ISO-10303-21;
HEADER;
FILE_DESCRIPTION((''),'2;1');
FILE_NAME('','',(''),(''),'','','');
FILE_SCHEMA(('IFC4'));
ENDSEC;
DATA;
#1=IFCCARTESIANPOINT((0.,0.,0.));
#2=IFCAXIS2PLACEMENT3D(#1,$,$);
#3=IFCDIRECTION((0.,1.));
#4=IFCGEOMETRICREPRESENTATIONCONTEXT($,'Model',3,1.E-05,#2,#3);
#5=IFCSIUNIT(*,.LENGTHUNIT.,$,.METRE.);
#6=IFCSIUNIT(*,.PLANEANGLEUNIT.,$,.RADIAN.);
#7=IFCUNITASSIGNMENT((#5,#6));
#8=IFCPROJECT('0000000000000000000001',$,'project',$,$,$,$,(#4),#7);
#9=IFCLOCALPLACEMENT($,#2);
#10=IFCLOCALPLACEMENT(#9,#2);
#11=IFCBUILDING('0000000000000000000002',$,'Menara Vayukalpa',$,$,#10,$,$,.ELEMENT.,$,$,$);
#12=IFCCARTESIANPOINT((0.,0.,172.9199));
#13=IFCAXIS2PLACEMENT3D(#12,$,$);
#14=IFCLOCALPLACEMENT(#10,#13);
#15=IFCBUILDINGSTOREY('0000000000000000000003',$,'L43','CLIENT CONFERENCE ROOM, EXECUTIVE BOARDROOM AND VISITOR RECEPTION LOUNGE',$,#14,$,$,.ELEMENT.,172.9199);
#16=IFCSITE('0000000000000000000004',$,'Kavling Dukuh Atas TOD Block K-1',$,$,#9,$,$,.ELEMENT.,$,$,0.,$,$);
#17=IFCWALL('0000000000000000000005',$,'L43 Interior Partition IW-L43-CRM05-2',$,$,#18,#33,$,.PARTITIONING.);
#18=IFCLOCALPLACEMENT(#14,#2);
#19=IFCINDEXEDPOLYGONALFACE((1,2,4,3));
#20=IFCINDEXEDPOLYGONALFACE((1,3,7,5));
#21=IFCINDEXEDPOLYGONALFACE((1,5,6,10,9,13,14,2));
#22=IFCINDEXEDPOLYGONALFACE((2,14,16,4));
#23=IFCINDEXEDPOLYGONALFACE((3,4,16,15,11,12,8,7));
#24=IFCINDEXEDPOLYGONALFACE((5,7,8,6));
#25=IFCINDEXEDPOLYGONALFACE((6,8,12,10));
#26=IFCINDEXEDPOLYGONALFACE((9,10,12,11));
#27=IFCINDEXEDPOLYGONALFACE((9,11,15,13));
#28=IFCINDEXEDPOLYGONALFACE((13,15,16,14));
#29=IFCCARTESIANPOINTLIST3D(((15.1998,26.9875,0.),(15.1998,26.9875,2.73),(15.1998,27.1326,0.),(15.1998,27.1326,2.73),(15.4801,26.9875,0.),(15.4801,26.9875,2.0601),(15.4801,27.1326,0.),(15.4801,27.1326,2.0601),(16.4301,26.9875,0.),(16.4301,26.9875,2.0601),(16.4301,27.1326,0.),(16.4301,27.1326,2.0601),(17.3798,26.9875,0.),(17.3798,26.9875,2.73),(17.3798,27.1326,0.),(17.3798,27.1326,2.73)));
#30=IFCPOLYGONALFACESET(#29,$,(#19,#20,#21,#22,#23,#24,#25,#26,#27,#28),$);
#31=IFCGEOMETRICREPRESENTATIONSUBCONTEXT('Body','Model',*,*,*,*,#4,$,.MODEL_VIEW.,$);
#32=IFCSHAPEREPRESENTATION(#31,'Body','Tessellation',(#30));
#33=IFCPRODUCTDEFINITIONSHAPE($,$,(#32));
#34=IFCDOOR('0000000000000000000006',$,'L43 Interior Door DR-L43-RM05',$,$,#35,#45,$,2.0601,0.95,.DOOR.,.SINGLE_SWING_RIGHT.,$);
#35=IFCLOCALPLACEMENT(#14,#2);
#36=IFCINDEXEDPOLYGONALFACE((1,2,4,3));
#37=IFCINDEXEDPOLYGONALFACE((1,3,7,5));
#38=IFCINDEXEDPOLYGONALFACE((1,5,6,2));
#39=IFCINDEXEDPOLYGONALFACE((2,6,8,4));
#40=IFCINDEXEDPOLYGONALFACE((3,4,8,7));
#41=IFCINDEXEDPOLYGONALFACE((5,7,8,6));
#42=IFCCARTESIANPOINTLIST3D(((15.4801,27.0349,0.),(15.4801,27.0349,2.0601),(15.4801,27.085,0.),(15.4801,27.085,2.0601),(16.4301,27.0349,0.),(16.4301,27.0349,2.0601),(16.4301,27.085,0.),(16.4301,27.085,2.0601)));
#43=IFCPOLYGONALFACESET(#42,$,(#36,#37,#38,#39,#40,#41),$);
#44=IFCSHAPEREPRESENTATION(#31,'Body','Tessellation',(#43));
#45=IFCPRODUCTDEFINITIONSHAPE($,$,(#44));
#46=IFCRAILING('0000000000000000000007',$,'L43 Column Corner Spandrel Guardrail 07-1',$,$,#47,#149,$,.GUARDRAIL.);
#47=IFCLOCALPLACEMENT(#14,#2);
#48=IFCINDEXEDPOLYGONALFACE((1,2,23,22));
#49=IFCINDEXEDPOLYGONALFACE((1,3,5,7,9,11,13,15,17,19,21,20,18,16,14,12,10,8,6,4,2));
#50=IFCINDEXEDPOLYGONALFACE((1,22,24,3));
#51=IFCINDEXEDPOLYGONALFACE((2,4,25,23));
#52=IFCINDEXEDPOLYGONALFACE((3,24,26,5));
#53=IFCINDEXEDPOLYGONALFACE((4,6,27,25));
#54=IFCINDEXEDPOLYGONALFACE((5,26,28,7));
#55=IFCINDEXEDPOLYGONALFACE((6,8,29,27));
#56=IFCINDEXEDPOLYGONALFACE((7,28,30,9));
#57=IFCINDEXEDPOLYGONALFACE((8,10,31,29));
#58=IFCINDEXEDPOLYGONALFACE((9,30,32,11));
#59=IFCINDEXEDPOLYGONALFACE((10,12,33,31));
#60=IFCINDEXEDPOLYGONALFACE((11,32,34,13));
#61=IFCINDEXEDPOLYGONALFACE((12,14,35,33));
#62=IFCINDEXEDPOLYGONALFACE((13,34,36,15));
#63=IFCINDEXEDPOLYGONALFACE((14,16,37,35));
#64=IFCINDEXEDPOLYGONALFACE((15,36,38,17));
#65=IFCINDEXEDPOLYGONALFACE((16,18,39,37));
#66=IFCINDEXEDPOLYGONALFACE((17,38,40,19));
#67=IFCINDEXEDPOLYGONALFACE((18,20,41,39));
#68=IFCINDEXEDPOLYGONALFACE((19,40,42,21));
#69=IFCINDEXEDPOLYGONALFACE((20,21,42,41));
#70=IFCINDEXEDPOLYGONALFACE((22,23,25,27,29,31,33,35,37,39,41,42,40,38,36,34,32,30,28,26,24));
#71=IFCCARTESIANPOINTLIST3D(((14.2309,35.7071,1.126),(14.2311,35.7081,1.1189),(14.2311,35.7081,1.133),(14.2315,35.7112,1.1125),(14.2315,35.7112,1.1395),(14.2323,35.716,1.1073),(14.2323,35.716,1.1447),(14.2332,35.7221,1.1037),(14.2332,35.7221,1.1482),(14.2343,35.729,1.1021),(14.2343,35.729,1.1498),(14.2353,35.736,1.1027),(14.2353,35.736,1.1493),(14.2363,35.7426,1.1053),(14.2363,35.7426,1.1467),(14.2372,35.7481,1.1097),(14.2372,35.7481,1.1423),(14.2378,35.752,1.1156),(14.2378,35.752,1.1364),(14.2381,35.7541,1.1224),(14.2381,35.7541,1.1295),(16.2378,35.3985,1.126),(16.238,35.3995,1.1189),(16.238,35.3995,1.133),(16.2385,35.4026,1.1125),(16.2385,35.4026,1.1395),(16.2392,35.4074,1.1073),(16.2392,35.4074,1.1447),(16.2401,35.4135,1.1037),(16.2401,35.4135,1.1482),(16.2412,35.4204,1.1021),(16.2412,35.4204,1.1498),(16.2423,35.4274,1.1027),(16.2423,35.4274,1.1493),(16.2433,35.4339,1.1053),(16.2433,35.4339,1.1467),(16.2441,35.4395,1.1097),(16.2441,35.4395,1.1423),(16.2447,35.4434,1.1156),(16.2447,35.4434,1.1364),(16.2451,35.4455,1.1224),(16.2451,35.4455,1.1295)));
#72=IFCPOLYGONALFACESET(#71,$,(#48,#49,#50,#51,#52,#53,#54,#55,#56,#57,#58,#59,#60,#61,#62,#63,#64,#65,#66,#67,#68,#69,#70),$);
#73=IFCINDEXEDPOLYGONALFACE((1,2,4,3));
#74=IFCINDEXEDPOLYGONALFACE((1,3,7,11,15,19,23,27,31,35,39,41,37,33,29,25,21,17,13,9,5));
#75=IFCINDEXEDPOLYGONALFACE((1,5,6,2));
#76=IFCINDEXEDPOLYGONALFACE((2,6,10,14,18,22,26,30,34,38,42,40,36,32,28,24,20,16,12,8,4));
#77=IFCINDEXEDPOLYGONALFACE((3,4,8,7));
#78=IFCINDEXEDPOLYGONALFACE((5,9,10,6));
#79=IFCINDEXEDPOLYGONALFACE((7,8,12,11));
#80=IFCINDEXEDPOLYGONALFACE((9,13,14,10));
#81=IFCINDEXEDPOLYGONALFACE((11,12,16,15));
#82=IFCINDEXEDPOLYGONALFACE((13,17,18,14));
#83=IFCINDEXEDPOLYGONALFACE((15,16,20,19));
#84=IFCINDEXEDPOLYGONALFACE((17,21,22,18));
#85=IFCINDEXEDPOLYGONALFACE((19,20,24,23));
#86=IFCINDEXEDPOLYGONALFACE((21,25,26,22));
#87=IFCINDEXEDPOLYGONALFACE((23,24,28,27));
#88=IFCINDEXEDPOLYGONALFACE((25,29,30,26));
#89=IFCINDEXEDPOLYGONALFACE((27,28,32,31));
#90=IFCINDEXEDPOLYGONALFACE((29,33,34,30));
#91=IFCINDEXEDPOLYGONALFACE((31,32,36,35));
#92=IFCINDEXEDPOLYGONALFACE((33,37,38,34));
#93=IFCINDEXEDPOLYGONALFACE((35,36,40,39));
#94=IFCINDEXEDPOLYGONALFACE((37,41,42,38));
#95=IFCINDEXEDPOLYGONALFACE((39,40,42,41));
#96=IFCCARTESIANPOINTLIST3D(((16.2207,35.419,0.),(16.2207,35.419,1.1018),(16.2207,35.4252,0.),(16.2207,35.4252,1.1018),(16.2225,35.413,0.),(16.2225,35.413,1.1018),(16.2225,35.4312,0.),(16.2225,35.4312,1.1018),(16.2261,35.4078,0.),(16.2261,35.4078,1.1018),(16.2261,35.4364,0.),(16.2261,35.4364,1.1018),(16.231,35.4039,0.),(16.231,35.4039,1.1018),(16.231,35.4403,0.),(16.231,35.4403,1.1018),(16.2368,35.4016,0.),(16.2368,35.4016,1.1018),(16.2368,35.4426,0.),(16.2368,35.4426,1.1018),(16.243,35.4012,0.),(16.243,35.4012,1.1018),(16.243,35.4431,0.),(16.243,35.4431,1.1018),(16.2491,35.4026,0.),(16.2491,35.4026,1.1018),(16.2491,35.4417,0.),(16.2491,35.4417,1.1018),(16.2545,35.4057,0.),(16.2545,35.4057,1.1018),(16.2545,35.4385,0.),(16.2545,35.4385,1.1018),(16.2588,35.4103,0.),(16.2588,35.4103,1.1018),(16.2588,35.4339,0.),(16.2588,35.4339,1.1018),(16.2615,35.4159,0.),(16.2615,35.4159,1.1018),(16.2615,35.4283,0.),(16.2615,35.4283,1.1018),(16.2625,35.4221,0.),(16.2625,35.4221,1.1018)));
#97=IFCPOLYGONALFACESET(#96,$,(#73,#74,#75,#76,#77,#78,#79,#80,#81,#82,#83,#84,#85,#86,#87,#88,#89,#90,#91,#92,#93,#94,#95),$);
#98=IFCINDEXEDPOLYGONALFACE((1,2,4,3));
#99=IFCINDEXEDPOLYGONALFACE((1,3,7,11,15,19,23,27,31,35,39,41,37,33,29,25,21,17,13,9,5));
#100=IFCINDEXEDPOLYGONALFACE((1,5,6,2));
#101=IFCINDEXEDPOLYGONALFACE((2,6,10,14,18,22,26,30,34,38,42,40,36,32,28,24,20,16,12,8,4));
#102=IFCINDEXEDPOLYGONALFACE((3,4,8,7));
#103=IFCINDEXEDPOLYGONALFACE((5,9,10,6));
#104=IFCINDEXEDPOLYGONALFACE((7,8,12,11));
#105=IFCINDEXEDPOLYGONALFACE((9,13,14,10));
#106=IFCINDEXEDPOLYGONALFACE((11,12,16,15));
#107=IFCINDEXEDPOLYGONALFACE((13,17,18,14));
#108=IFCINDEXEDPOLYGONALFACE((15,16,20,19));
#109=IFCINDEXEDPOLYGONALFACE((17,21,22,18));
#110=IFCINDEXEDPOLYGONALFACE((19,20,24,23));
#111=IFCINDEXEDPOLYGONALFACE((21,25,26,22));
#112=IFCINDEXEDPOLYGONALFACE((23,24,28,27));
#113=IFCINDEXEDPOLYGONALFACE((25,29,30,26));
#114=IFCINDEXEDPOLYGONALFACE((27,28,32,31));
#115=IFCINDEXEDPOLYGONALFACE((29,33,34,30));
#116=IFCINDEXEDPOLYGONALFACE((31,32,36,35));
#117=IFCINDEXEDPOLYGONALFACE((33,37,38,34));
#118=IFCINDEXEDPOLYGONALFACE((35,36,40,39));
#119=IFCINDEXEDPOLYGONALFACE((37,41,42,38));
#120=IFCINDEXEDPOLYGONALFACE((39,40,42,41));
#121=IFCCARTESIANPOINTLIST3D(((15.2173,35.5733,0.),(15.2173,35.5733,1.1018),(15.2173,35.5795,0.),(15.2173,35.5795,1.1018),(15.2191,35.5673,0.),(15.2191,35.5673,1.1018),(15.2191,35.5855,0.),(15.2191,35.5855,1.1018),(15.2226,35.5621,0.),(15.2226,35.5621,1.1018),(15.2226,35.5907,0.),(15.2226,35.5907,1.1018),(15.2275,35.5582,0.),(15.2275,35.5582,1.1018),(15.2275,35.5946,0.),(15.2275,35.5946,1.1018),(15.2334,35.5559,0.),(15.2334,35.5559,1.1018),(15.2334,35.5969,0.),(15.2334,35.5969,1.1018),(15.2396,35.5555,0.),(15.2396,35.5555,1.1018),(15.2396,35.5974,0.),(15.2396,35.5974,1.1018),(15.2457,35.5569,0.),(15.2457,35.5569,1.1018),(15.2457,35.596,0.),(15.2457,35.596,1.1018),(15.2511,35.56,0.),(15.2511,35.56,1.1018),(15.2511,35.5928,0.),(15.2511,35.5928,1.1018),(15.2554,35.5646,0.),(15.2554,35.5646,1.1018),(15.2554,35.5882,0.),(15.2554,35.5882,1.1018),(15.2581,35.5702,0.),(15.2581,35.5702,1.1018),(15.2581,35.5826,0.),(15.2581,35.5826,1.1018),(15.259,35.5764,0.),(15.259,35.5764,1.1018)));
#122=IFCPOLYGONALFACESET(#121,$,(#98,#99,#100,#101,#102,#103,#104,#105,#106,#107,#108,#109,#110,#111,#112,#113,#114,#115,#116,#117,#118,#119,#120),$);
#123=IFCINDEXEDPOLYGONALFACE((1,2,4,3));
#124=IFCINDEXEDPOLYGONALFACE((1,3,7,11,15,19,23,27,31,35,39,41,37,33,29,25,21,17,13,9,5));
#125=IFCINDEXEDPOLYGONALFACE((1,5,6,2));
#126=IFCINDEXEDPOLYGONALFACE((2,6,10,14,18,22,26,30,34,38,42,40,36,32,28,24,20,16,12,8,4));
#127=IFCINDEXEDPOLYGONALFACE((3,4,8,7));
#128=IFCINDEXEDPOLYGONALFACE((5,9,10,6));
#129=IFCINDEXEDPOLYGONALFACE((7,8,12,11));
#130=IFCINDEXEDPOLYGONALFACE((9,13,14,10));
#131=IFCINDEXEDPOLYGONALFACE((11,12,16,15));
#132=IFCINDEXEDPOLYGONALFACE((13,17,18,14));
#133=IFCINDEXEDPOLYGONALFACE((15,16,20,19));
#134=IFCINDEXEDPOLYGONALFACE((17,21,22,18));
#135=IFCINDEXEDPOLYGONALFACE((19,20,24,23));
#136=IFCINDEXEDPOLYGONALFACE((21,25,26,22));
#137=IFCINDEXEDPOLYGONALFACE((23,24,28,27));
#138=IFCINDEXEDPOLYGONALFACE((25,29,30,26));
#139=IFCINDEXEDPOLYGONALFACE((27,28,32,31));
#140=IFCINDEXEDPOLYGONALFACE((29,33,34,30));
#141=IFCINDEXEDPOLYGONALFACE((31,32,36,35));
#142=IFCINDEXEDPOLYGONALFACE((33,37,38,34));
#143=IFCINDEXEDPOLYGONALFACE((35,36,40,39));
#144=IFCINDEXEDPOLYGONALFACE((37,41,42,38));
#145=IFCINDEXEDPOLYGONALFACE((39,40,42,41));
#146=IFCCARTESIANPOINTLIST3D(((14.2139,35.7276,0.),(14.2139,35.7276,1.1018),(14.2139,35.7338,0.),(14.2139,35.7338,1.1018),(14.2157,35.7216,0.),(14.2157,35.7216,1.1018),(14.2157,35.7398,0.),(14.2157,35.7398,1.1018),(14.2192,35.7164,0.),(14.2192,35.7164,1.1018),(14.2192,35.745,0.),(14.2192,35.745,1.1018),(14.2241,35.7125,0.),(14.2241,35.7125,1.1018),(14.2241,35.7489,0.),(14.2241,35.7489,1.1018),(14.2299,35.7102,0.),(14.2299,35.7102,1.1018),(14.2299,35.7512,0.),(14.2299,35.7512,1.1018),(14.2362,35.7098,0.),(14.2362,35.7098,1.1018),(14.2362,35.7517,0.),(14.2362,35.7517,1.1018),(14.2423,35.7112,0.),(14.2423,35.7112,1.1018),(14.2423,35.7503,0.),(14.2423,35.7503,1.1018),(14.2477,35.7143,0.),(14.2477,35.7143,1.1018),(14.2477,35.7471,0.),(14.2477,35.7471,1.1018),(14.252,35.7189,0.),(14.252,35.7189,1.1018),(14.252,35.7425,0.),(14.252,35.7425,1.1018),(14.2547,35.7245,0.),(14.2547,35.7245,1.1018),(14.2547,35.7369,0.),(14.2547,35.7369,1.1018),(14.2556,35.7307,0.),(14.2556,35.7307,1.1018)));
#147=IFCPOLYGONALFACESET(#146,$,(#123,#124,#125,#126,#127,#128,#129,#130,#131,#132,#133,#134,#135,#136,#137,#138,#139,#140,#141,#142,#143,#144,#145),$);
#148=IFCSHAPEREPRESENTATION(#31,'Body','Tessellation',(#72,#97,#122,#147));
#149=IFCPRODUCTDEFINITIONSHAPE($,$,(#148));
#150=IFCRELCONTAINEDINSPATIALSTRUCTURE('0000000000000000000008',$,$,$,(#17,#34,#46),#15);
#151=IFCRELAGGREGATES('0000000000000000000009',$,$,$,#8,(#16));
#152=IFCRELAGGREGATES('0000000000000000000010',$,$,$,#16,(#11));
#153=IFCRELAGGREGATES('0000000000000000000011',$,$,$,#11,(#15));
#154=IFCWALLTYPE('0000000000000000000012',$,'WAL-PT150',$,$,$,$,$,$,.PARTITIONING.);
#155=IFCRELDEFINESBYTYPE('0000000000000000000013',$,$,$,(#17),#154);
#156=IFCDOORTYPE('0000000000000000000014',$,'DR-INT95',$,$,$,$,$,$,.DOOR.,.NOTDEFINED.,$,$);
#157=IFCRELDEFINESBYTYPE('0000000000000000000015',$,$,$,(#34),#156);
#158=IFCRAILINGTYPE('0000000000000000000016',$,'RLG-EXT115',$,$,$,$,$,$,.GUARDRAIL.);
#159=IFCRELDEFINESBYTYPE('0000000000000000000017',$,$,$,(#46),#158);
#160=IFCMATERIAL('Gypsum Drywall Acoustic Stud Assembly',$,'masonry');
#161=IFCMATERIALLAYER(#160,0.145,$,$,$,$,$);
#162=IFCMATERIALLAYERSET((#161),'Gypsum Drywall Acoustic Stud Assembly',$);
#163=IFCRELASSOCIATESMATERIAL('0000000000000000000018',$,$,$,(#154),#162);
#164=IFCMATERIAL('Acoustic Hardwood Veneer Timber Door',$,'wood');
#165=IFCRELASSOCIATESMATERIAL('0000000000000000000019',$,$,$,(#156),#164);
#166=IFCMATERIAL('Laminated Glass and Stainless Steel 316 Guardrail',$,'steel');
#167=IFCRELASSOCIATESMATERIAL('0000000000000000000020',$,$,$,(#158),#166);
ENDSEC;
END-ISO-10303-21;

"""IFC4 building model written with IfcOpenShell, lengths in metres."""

from ifc_helpers import new_model, si_unit, direction, frame, frame_2d, origin, origin_2d, place, context, subcontext, project, spatial, rectangle, circle, extrude, material, layer, layer_set, type_object, element, fill, save


model = new_model("IFC4")

# Units and contexts
model_context = context("Model", 3, precision=1e-05, world=origin(), true_north=direction((0.0, 1.0)))
body_context = subcontext(model_context, "Body", "Model", "MODEL_VIEW")
ifc_project = project(units=[si_unit("LENGTHUNIT", "METRE"), si_unit("PLANEANGLEUNIT", "RADIAN")], contexts=[model_context])

# Site, building, storey
site_placement = place(None, origin())
site = spatial("IfcSite", under=ifc_project, at=site_placement, Name="Kavling Dukuh Atas TOD Block K-1", CompositionType="ELEMENT", RefElevation=0.0)
building_placement = place(site_placement, origin())
building = spatial("IfcBuilding", under=site, at=building_placement, Name="Menara Vayukalpa", CompositionType="ELEMENT")
storey_placement = place(building_placement, frame((0.0, 0.0, 172.9199)))
storey = spatial("IfcBuildingStorey", under=building, at=storey_placement, Name="L43", Description="CLIENT CONFERENCE ROOM, EXECUTIVE BOARDROOM AND VISITOR RECEPTION LOUNGE", CompositionType="ELEMENT", Elevation=172.9199)

# Shared definitions
ifc_material_1 = material(Name="Gypsum Drywall Acoustic Stud Assembly", Category="masonry")
ifc_layer_1 = layer(ifc_material_1, 0.145)
ifc_layer_set_1 = layer_set([ifc_layer_1], Name="Gypsum Drywall Acoustic Stud Assembly")
wall_type_1 = type_object("IfcWallType", Name="WAL-PT150", PredefinedType="PARTITIONING", material=ifc_layer_set_1)

# Wall, opening, door
wall_1_placement = place(storey_placement, frame((15.2, 27.0601, 0.0), z_axis=(0.0, 0.0, 1.0), x_axis=(1.0, 0.0, 0.0)))
wall_1 = element("IfcWall", 1, at=wall_1_placement, inside=storey, type_object=wall_type_1, Name="L43 Interior Partition IW-L43-CRM05-2", PredefinedType="PARTITIONING", context=body_context, shape_type="SweptSolid", body=[
    extrude(rectangle(XDim=2.1799, YDim=0.145, at=frame_2d((1.0898, 0.0))), origin(), (0.0, 0.0, 1.0), 2.73),
])
opening_placement = place(wall_1_placement, frame((0.28, 0.0, 0.0)))
opening = element("IfcOpeningElement", 2, at=opening_placement, cuts=wall_1, PredefinedType="OPENING", context=body_context, shape_type="SweptSolid", body=[
    extrude(rectangle(XDim=0.95, YDim=2.0601, at=frame_2d((0.4751, 1.03))), frame((0.0, 0.0825, 0.0), z_axis=(0.0, -1.0, 0.0), x_axis=(1.0, 0.0, 0.0)), (0.0, 0.0, 1.0), 0.165),
])
ifc_material_2 = material(Name="Acoustic Hardwood Veneer Timber Door", Category="wood")
door_type = type_object("IfcDoorType", Name="DR-INT95", OperationType="NOTDEFINED", PredefinedType="DOOR", material=ifc_material_2)
door_placement = place(opening_placement, origin())
door = element("IfcDoor", 3, at=door_placement, inside=storey, type_object=door_type, Name="L43 Interior Door DR-L43-RM05", OperationType="SINGLE_SWING_RIGHT", OverallHeight=2.0601, OverallWidth=0.95, PredefinedType="DOOR", context=body_context, shape_type="SweptSolid", body=[
    extrude(rectangle(XDim=0.95, YDim=2.0601, at=frame_2d((0.4751, 1.03))), frame((0.0, 0.0249, 0.0), z_axis=(0.0, -1.0, 0.0), x_axis=(1.0, 0.0, 0.0)), (0.0, 0.0, 1.0), 0.05),
])
fill(opening, door)

# Railing
ifc_material_3 = material(Name="Laminated Glass and Stainless Steel 316 Guardrail", Category="steel")
railing_type = type_object("IfcRailingType", Name="RLG-EXT115", PredefinedType="GUARDRAIL", material=ifc_material_3)
railing_placement = place(storey_placement, frame((16.2415, 35.4221, 0.0)))
element("IfcRailing", 4, at=railing_placement, inside=storey, type_object=railing_type, Name="L43 Column Corner Spandrel Guardrail 07-1", PredefinedType="GUARDRAIL", context=body_context, shape_type="SweptSolid", body=[
    extrude(circle(Radius=0.0239, at=origin_2d()), frame((0.0, 0.0, 1.126), z_axis=(-0.988383, 0.151985, 0.0), x_axis=(-0.151985, -0.988383, 0.0)), (0.0, 0.0, 1.0), 2.0305),
    extrude(circle(Radius=0.021, at=origin_2d()), origin(), (0.0, 0.0, 1.0), 1.1018),
    extrude(circle(Radius=0.021, at=origin_2d()), frame((-1.0034, 0.1543, 0.0)), (0.0, 0.0, 1.0), 1.1018),
    extrude(circle(Radius=0.021, at=origin_2d()), frame((-2.0068, 0.3086, 0.0)), (0.0, 0.0, 1.0), 1.1018),
])

save(model, "model.ifc")
